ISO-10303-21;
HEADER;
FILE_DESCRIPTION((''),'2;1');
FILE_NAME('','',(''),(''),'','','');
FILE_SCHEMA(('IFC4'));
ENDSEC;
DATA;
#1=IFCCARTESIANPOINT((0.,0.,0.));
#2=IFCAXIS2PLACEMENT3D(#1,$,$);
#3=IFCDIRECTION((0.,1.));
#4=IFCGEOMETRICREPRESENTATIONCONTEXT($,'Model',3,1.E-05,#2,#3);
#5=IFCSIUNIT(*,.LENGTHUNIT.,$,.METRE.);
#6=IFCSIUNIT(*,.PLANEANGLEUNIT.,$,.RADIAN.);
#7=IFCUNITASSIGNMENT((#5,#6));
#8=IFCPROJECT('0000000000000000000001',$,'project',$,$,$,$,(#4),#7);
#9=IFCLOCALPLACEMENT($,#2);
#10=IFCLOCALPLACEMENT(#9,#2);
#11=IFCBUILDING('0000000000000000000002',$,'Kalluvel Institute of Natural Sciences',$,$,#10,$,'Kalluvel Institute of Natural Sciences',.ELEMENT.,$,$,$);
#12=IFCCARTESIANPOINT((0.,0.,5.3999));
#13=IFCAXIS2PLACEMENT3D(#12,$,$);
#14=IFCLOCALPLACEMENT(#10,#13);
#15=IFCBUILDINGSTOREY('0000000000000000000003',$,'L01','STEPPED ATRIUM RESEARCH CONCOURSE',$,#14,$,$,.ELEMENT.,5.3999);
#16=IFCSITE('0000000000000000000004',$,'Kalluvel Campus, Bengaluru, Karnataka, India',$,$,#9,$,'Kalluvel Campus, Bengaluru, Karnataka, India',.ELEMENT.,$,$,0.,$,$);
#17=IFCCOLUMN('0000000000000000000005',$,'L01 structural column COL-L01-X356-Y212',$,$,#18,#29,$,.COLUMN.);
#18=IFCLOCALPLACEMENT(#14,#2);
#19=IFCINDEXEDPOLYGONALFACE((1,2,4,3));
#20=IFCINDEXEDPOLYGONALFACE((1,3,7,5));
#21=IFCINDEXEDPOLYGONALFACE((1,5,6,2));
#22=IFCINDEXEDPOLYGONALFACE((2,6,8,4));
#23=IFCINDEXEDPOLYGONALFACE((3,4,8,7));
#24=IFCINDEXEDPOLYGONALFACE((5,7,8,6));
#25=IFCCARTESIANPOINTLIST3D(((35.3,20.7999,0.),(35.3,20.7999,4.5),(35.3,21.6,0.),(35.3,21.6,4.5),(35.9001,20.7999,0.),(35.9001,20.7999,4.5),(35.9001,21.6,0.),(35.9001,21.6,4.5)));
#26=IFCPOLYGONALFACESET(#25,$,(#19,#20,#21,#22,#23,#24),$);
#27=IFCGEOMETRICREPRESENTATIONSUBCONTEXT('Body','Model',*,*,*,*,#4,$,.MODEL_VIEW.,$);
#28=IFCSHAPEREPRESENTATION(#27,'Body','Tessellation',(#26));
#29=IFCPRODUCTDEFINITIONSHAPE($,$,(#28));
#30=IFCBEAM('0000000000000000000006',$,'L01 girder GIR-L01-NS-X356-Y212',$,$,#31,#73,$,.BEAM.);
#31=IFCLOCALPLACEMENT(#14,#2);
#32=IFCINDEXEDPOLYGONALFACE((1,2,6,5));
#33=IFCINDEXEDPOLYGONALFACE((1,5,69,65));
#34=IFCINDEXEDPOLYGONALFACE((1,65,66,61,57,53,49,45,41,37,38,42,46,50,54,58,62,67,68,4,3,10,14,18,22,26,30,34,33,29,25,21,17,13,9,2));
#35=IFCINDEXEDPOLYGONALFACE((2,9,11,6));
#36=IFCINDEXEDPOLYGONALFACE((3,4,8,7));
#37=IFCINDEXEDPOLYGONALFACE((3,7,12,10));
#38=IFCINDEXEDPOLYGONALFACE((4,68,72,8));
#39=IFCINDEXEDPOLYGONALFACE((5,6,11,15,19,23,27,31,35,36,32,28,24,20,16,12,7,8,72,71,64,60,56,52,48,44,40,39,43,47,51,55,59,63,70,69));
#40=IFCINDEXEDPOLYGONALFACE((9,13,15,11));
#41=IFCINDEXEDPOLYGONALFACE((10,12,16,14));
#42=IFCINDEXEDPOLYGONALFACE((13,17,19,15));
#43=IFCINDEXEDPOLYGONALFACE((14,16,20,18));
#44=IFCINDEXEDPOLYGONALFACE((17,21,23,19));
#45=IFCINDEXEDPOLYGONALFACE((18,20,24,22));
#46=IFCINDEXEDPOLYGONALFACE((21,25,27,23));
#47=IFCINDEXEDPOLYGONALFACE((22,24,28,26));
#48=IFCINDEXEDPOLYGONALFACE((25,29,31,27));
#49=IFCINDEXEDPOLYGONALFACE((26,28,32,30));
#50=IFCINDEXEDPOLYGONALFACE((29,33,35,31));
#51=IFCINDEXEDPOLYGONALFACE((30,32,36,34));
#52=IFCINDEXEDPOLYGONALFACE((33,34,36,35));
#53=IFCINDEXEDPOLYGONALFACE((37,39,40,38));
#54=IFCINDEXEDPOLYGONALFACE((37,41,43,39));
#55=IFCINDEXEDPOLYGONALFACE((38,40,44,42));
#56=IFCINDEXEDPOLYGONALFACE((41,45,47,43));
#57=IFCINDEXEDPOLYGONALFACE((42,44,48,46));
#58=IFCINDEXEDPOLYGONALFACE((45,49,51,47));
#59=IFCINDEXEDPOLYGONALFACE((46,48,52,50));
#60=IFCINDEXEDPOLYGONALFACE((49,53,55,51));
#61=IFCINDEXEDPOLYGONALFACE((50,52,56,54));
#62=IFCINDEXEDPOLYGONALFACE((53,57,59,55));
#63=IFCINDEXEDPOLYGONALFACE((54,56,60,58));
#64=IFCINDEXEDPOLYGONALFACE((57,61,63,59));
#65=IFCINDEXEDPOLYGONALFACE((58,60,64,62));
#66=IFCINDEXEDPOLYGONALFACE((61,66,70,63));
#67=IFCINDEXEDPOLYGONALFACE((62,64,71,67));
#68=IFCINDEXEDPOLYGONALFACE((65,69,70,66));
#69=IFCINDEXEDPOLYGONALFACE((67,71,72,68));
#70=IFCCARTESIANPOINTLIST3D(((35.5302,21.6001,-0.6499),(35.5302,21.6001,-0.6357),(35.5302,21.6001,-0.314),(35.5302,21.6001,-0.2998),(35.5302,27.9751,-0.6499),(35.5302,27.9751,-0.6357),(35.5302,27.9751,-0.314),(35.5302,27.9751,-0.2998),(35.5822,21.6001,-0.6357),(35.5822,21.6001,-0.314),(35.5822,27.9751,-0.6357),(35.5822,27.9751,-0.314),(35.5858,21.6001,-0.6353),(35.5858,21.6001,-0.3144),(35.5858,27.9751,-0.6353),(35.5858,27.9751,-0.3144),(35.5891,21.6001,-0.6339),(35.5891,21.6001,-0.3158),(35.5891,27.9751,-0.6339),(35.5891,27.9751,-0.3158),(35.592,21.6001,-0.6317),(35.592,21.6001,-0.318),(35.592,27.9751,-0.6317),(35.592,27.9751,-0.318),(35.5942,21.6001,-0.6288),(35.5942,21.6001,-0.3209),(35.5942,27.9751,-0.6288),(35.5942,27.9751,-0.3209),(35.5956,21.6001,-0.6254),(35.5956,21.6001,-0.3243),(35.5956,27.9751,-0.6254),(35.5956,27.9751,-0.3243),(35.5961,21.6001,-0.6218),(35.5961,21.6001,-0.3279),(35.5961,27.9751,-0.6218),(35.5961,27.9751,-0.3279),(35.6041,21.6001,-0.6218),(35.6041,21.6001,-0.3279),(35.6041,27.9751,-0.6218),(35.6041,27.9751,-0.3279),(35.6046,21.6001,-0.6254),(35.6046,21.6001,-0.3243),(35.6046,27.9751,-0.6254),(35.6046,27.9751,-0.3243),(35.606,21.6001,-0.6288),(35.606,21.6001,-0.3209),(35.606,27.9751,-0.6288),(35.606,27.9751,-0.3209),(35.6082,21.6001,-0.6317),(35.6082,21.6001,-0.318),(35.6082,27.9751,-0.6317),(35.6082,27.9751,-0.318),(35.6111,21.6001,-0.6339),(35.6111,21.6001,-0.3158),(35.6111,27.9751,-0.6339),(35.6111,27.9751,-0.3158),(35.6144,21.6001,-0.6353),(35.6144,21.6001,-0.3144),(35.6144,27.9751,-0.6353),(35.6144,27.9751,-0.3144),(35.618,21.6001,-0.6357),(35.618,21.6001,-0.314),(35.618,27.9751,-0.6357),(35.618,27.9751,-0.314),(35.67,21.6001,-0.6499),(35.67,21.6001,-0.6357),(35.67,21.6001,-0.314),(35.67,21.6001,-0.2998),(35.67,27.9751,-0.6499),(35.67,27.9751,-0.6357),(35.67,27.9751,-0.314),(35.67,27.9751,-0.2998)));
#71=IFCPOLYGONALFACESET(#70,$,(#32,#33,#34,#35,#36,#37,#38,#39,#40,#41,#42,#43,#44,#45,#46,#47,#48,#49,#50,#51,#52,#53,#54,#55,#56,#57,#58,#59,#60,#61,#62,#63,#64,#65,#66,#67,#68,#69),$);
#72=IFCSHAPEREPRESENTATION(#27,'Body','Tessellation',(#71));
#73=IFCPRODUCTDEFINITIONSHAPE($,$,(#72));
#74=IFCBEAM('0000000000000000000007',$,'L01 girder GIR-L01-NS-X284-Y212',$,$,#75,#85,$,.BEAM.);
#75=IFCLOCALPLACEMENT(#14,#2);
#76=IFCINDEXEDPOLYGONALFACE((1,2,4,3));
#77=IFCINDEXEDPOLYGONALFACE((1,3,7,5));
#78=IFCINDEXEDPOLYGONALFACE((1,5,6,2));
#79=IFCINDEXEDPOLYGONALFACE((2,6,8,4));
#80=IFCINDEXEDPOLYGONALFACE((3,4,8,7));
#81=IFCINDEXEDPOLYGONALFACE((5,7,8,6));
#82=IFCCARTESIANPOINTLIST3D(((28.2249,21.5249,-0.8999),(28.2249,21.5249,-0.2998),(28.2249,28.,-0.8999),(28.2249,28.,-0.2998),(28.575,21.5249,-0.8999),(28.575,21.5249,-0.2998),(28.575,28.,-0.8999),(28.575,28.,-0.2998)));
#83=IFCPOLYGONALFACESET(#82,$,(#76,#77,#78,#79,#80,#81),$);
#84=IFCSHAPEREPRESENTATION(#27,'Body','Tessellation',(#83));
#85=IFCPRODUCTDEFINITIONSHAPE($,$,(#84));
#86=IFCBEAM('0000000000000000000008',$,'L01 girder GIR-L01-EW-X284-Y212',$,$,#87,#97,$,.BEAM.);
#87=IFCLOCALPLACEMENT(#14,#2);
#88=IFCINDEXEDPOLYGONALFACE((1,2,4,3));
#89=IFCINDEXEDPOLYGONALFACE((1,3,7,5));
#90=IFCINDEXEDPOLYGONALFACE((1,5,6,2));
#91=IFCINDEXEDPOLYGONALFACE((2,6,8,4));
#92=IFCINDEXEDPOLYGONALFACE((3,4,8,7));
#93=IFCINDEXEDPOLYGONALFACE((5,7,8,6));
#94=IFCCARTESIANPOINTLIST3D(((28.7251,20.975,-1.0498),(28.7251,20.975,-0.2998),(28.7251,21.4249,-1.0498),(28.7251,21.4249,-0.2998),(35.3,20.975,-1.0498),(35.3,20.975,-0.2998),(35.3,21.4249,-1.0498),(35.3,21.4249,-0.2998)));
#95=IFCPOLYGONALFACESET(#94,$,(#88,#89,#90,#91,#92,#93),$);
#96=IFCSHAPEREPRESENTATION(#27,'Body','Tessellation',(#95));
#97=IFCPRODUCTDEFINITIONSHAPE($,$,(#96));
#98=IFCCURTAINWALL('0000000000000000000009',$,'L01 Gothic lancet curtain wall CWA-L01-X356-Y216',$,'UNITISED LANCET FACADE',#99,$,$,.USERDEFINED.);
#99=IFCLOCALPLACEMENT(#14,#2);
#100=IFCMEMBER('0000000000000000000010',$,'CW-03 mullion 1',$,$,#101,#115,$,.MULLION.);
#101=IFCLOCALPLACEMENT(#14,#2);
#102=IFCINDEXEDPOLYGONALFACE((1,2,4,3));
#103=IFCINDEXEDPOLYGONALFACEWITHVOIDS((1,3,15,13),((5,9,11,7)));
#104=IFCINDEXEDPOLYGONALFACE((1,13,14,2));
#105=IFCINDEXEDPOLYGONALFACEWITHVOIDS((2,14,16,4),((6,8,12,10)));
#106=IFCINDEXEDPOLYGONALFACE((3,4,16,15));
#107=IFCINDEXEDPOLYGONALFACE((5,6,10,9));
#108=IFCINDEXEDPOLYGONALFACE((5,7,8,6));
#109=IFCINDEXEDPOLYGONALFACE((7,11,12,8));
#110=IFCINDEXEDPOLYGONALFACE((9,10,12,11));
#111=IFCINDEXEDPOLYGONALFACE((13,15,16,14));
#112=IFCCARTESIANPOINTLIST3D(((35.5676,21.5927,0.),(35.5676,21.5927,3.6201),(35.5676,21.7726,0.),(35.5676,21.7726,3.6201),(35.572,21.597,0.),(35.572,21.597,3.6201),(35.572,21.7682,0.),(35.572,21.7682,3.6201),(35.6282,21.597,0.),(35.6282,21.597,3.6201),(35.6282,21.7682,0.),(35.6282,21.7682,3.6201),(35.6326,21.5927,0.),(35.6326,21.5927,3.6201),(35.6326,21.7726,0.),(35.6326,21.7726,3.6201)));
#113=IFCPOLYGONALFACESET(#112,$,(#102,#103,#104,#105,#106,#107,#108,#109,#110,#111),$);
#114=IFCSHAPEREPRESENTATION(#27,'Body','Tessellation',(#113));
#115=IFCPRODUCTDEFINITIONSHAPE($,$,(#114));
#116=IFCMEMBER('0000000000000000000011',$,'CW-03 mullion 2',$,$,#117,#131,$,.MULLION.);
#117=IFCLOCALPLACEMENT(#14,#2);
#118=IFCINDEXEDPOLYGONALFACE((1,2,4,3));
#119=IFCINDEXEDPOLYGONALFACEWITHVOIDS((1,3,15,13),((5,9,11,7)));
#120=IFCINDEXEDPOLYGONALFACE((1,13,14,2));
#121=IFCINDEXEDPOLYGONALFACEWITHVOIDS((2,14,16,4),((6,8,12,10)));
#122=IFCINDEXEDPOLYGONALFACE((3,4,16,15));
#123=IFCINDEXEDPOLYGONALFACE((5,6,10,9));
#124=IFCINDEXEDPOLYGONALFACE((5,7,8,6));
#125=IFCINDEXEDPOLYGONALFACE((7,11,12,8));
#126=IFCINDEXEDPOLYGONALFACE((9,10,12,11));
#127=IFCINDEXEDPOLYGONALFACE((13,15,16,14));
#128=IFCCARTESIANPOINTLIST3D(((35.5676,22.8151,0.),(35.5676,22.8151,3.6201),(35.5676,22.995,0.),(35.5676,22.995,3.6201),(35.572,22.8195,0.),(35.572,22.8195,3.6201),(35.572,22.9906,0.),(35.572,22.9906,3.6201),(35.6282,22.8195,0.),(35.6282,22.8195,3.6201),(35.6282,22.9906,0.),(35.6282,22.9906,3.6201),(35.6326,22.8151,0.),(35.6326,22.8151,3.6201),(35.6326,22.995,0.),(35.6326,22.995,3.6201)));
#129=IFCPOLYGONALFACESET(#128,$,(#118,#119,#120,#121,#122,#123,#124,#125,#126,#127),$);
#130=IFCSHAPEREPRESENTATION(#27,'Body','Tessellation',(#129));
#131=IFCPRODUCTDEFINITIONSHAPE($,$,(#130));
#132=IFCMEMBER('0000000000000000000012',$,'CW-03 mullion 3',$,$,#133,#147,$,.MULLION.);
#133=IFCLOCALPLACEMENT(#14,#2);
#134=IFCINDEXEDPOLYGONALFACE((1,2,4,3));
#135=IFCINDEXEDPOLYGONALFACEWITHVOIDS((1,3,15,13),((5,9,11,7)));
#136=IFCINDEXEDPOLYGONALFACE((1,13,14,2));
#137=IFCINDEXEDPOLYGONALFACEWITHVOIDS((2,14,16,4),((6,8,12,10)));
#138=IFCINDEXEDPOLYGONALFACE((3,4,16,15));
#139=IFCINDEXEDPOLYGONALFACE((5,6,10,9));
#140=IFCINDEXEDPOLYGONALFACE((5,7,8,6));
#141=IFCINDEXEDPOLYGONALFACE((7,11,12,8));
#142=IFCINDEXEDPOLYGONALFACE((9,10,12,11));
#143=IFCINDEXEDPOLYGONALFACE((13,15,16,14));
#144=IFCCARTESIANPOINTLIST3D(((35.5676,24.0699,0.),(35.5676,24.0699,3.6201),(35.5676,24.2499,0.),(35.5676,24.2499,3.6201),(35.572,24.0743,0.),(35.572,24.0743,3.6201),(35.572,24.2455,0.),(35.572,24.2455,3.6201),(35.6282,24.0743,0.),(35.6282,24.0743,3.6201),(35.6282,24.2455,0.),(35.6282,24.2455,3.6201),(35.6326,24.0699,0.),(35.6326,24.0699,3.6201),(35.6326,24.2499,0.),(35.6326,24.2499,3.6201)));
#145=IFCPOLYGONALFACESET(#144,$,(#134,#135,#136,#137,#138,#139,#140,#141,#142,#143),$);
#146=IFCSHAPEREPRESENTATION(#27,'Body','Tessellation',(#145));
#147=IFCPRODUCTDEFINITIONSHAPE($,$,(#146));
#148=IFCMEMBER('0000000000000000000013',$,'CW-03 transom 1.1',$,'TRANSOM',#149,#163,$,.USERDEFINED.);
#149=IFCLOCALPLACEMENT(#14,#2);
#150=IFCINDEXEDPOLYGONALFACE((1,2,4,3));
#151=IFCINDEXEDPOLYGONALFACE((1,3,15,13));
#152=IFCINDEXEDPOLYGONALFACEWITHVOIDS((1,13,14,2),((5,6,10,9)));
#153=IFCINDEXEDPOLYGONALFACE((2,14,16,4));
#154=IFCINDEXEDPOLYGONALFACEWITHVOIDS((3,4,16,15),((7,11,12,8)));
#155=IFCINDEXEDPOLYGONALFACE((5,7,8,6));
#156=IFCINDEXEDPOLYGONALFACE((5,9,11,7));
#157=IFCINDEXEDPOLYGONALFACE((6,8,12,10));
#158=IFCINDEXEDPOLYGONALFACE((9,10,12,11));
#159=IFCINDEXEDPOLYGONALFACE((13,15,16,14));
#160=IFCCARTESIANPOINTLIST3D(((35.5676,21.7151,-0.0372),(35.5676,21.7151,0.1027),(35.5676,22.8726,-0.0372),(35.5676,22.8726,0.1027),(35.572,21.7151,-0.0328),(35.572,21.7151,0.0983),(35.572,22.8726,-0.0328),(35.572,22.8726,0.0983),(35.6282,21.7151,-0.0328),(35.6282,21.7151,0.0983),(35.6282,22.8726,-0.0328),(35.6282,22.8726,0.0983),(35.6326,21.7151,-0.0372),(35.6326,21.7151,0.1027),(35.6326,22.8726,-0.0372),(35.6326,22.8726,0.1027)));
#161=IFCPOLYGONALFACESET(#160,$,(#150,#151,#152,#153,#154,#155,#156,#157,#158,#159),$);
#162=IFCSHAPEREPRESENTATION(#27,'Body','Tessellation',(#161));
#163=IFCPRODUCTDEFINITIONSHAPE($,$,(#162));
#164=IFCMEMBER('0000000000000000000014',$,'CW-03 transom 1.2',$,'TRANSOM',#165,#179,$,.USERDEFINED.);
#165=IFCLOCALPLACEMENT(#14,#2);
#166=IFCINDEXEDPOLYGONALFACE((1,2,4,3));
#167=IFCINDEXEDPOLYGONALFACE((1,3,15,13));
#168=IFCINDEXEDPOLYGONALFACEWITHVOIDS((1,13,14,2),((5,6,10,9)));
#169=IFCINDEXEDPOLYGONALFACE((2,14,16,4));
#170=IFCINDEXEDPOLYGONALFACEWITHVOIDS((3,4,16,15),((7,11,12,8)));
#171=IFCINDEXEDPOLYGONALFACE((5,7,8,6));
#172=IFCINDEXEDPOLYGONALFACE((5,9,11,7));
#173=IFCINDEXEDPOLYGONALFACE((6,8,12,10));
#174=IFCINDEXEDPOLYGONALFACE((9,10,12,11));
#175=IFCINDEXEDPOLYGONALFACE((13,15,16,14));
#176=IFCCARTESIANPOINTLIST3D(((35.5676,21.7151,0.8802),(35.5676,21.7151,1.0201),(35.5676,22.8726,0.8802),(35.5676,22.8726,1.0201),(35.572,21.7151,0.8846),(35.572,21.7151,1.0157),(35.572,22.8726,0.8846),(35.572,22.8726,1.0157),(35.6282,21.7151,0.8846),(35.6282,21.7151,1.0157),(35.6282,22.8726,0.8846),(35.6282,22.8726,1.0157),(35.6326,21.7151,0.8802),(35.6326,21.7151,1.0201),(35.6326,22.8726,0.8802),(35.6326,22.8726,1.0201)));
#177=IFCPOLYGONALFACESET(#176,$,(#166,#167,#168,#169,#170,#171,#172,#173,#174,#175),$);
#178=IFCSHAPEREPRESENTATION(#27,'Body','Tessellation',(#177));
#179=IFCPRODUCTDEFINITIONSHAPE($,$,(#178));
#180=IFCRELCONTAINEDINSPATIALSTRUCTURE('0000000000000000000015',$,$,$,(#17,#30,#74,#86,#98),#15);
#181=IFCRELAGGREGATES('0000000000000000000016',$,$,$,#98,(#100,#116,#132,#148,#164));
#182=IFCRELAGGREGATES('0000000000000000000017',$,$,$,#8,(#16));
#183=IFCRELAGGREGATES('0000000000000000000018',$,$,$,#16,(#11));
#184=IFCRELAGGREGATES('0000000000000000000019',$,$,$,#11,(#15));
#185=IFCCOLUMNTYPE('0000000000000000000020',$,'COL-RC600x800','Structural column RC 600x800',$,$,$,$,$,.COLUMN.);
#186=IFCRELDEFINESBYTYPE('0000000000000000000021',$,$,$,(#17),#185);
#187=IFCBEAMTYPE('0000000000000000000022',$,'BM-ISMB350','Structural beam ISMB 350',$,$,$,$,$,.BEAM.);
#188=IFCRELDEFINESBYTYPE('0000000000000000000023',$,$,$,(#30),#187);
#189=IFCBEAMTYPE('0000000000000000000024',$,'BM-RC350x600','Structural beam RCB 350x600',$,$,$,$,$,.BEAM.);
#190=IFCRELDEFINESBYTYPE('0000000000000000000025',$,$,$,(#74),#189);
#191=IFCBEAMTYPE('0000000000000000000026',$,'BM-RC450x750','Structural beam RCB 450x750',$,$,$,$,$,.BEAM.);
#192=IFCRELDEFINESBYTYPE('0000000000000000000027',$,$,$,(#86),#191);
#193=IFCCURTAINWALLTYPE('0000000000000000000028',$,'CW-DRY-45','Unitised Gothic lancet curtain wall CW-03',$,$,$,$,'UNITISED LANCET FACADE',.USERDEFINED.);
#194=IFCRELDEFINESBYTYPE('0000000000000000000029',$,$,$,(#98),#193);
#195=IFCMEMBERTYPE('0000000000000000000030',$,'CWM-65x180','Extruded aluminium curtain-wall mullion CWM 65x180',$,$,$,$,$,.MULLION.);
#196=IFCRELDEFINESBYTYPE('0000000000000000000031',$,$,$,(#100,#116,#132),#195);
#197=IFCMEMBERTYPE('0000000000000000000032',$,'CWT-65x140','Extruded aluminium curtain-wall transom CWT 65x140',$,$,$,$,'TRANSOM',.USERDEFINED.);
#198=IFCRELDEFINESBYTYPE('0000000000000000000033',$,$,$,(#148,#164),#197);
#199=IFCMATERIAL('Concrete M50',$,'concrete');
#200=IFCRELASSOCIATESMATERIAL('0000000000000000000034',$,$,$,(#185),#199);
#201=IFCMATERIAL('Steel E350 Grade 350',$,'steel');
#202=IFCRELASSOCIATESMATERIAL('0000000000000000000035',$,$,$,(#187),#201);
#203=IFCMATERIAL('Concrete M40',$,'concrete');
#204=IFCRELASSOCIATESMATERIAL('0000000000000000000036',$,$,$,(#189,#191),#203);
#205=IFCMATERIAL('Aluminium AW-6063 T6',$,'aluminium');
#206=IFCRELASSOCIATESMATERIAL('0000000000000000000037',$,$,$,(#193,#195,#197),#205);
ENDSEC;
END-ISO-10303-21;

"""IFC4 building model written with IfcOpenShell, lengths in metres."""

from ifc_helpers import new_model, si_unit, direction, frame, origin, origin_2d, place, context, subcontext, project, spatial, rectangle, hollow_rectangle, i_section, extrude, material, material_profile, profile_set, type_object, element, aggregate, save


model = new_model("IFC4")

# Units and contexts
model_context = context("Model", 3, precision=1e-05, world=origin(), true_north=direction((0.0, 1.0)))
body_context = subcontext(model_context, "Body", "Model", "MODEL_VIEW")
ifc_project = project(units=[si_unit("LENGTHUNIT", "METRE"), si_unit("PLANEANGLEUNIT", "RADIAN")], contexts=[model_context])

# Site, building, storey
site_placement = place(None, origin())
site = spatial("IfcSite", under=ifc_project, at=site_placement, Name="Kalluvel Campus, Bengaluru, Karnataka, India", LongName="Kalluvel Campus, Bengaluru, Karnataka, India", CompositionType="ELEMENT", RefElevation=0.0)
building_placement = place(site_placement, origin())
building = spatial("IfcBuilding", under=site, at=building_placement, Name="Kalluvel Institute of Natural Sciences", LongName="Kalluvel Institute of Natural Sciences", CompositionType="ELEMENT")
storey_placement = place(building_placement, frame((0.0, 0.0, 5.3999)))
storey = spatial("IfcBuildingStorey", under=building, at=storey_placement, Name="L01", Description="STEPPED ATRIUM RESEARCH CONCOURSE", CompositionType="ELEMENT", Elevation=5.3999)

# Column
ifc_material_1 = material(Name="Concrete M50", Category="concrete")
ifc_material_profile_1 = material_profile(ifc_material_1, rectangle(XDim=0.6001, YDim=0.8, at=origin_2d()), Name="RC 600x800")
ifc_profile_set_1 = profile_set([ifc_material_profile_1], Name="Concrete M50")
column_type = type_object("IfcColumnType", Name="COL-RC600x800", Description="Structural column RC 600x800", PredefinedType="COLUMN", material=ifc_profile_set_1)
column_placement = place(storey_placement, frame((35.6001, 21.2, 0.0), z_axis=(0.0, 0.0, 1.0), x_axis=(1.0, 0.0, 0.0)))
element("IfcColumn", 1, at=column_placement, inside=storey, type_object=column_type, Name="L01 structural column COL-L01-X356-Y212", PredefinedType="COLUMN", context=body_context, shape_type="SweptSolid", body=[
    extrude(rectangle(XDim=0.6001, YDim=0.8, at=origin_2d()), origin(), (0.0, 0.0, 1.0), 4.5),
])

# Beams
ifc_material_2 = material(Name="Steel E350 Grade 350", Category="steel")
ifc_material_profile_2 = material_profile(ifc_material_2, i_section(OverallWidth=0.1399, OverallDepth=0.3501, WebThickness=0.0081, FlangeThickness=0.0142, FilletRadius=0.0139, at=origin_2d()), Name="ISMB 350")
ifc_profile_set_2 = profile_set([ifc_material_profile_2], Name="Steel E350 Grade 350")
beam_type_1 = type_object("IfcBeamType", Name="BM-ISMB350", Description="Structural beam ISMB 350", PredefinedType="BEAM", material=ifc_profile_set_2)
beam_1_placement = place(storey_placement, frame((35.6001, 21.6001, -0.4749), z_axis=(0.0, 1.0, 0.0), x_axis=(-1.0, 0.0, 0.0)))
element("IfcBeam", 2, at=beam_1_placement, inside=storey, type_object=beam_type_1, Name="L01 girder GIR-L01-NS-X356-Y212", PredefinedType="BEAM", context=body_context, shape_type="SweptSolid", body=[
    extrude(i_section(OverallWidth=0.1399, OverallDepth=0.3501, WebThickness=0.0081, FlangeThickness=0.0142, FilletRadius=0.0139, at=origin_2d()), origin(), (0.0, 0.0, 1.0), 6.375),
])
ifc_material_3 = material(Name="Concrete M40", Category="concrete")
ifc_material_profile_3 = material_profile(ifc_material_3, rectangle(XDim=0.3501, YDim=0.6001, at=origin_2d()), Name="RCB 350x600")
ifc_profile_set_3 = profile_set([ifc_material_profile_3], Name="Concrete M40")
beam_type_2 = type_object("IfcBeamType", Name="BM-RC350x600", Description="Structural beam RCB 350x600", PredefinedType="BEAM", material=ifc_profile_set_3)
beam_2_placement = place(storey_placement, frame((28.3999, 21.5249, -0.5999), z_axis=(0.0, 1.0, 0.0), x_axis=(-1.0, 0.0, 0.0)))
element("IfcBeam", 3, at=beam_2_placement, inside=storey, type_object=beam_type_2, Name="L01 girder GIR-L01-NS-X284-Y212", PredefinedType="BEAM", context=body_context, shape_type="SweptSolid", body=[
    extrude(rectangle(XDim=0.3501, YDim=0.6001, at=origin_2d()), origin(), (0.0, 0.0, 1.0), 6.4751),
])
ifc_material_profile_4 = material_profile(ifc_material_3, rectangle(XDim=0.45, YDim=0.75, at=origin_2d()), Name="RCB 450x750")
ifc_profile_set_4 = profile_set([ifc_material_profile_4], Name="Concrete M40")
beam_type_3 = type_object("IfcBeamType", Name="BM-RC450x750", Description="Structural beam RCB 450x750", PredefinedType="BEAM", material=ifc_profile_set_4)
beam_3_placement = place(storey_placement, frame((28.7251, 21.2, -0.6748), z_axis=(1.0, 0.0, 0.0), x_axis=(0.0, 1.0, 0.0)))
element("IfcBeam", 4, at=beam_3_placement, inside=storey, type_object=beam_type_3, Name="L01 girder GIR-L01-EW-X284-Y212", PredefinedType="BEAM", context=body_context, shape_type="SweptSolid", body=[
    extrude(rectangle(XDim=0.45, YDim=0.75, at=origin_2d()), origin(), (0.0, 0.0, 1.0), 6.575),
])

# Curtain wall, members
ifc_material_4 = material(Name="Aluminium AW-6063 T6", Category="aluminium")
curtain_wall_type = type_object("IfcCurtainWallType", Name="CW-DRY-45", Description="Unitised Gothic lancet curtain wall CW-03", ElementType="UNITISED LANCET FACADE", PredefinedType="USERDEFINED", material=ifc_material_4)
curtain_wall_placement = place(storey_placement, origin())
curtain_wall = element("IfcCurtainWall", 5, at=curtain_wall_placement, inside=storey, type_object=curtain_wall_type, Name="L01 Gothic lancet curtain wall CWA-L01-X356-Y216", ObjectType="UNITISED LANCET FACADE", PredefinedType="USERDEFINED")
ifc_material_profile_5 = material_profile(ifc_material_4, hollow_rectangle(XDim=0.0649, YDim=0.1799, WallThickness=0.0044, at=origin_2d()), Name="CWM 65x180")
ifc_profile_set_5 = profile_set([ifc_material_profile_5], Name="Aluminium AW-6063 T6")
member_type_1 = type_object("IfcMemberType", Name="CWM-65x180", Description="Extruded aluminium curtain-wall mullion CWM 65x180", PredefinedType="MULLION", material=ifc_profile_set_5)
member_1_placement = place(storey_placement, frame((35.6001, 21.6826, 0.0), z_axis=(0.0, 0.0, 1.0), x_axis=(-1.0, 0.0, 0.0)))
member_1 = element("IfcMember", 6, at=member_1_placement, type_object=member_type_1, Name="CW-03 mullion 1", PredefinedType="MULLION", context=body_context, shape_type="SweptSolid", body=[
    extrude(hollow_rectangle(XDim=0.0649, YDim=0.1799, WallThickness=0.0044, at=origin_2d()), origin(), (0.0, 0.0, 1.0), 3.6201),
])
member_2_placement = place(storey_placement, frame((35.6001, 22.905, 0.0), z_axis=(0.0, 0.0, 1.0), x_axis=(-1.0, 0.0, 0.0)))
member_2 = element("IfcMember", 7, at=member_2_placement, type_object=member_type_1, Name="CW-03 mullion 2", PredefinedType="MULLION", context=body_context, shape_type="SweptSolid", body=[
    extrude(hollow_rectangle(XDim=0.0649, YDim=0.1799, WallThickness=0.0044, at=origin_2d()), origin(), (0.0, 0.0, 1.0), 3.6201),
])
member_3_placement = place(storey_placement, frame((35.6001, 24.1599, 0.0), z_axis=(0.0, 0.0, 1.0), x_axis=(-1.0, 0.0, 0.0)))
member_3 = element("IfcMember", 8, at=member_3_placement, type_object=member_type_1, Name="CW-03 mullion 3", PredefinedType="MULLION", context=body_context, shape_type="SweptSolid", body=[
    extrude(hollow_rectangle(XDim=0.0649, YDim=0.1799, WallThickness=0.0044, at=origin_2d()), origin(), (0.0, 0.0, 1.0), 3.6201),
])
ifc_material_profile_6 = material_profile(ifc_material_4, hollow_rectangle(XDim=0.0649, YDim=0.1399, WallThickness=0.0044, at=origin_2d()), Name="CWT 65x140")
ifc_profile_set_6 = profile_set([ifc_material_profile_6], Name="Aluminium AW-6063 T6")
member_type_2 = type_object("IfcMemberType", Name="CWT-65x140", Description="Extruded aluminium curtain-wall transom CWT 65x140", ElementType="TRANSOM", PredefinedType="USERDEFINED", material=ifc_profile_set_6)
member_4_placement = place(storey_placement, frame((35.6001, 21.7151, 0.0327), z_axis=(0.0, 1.0, 0.0), x_axis=(-1.0, 0.0, 0.0)))
member_4 = element("IfcMember", 9, at=member_4_placement, type_object=member_type_2, Name="CW-03 transom 1.1", ObjectType="TRANSOM", PredefinedType="USERDEFINED", context=body_context, shape_type="SweptSolid", body=[
    extrude(hollow_rectangle(XDim=0.0649, YDim=0.1399, WallThickness=0.0044, at=origin_2d()), origin(), (0.0, 0.0, 1.0), 1.1575),
])
member_5_placement = place(storey_placement, frame((35.6001, 21.7151, 0.9502), z_axis=(0.0, 1.0, 0.0), x_axis=(-1.0, 0.0, 0.0)))
member_5 = element("IfcMember", 10, at=member_5_placement, type_object=member_type_2, Name="CW-03 transom 1.2", ObjectType="TRANSOM", PredefinedType="USERDEFINED", context=body_context, shape_type="SweptSolid", body=[
    extrude(hollow_rectangle(XDim=0.0649, YDim=0.1399, WallThickness=0.0044, at=origin_2d()), origin(), (0.0, 0.0, 1.0), 1.1575),
])
aggregate(curtain_wall, [member_1, member_2, member_3, member_4, member_5])

save(model, "model.ifc")
